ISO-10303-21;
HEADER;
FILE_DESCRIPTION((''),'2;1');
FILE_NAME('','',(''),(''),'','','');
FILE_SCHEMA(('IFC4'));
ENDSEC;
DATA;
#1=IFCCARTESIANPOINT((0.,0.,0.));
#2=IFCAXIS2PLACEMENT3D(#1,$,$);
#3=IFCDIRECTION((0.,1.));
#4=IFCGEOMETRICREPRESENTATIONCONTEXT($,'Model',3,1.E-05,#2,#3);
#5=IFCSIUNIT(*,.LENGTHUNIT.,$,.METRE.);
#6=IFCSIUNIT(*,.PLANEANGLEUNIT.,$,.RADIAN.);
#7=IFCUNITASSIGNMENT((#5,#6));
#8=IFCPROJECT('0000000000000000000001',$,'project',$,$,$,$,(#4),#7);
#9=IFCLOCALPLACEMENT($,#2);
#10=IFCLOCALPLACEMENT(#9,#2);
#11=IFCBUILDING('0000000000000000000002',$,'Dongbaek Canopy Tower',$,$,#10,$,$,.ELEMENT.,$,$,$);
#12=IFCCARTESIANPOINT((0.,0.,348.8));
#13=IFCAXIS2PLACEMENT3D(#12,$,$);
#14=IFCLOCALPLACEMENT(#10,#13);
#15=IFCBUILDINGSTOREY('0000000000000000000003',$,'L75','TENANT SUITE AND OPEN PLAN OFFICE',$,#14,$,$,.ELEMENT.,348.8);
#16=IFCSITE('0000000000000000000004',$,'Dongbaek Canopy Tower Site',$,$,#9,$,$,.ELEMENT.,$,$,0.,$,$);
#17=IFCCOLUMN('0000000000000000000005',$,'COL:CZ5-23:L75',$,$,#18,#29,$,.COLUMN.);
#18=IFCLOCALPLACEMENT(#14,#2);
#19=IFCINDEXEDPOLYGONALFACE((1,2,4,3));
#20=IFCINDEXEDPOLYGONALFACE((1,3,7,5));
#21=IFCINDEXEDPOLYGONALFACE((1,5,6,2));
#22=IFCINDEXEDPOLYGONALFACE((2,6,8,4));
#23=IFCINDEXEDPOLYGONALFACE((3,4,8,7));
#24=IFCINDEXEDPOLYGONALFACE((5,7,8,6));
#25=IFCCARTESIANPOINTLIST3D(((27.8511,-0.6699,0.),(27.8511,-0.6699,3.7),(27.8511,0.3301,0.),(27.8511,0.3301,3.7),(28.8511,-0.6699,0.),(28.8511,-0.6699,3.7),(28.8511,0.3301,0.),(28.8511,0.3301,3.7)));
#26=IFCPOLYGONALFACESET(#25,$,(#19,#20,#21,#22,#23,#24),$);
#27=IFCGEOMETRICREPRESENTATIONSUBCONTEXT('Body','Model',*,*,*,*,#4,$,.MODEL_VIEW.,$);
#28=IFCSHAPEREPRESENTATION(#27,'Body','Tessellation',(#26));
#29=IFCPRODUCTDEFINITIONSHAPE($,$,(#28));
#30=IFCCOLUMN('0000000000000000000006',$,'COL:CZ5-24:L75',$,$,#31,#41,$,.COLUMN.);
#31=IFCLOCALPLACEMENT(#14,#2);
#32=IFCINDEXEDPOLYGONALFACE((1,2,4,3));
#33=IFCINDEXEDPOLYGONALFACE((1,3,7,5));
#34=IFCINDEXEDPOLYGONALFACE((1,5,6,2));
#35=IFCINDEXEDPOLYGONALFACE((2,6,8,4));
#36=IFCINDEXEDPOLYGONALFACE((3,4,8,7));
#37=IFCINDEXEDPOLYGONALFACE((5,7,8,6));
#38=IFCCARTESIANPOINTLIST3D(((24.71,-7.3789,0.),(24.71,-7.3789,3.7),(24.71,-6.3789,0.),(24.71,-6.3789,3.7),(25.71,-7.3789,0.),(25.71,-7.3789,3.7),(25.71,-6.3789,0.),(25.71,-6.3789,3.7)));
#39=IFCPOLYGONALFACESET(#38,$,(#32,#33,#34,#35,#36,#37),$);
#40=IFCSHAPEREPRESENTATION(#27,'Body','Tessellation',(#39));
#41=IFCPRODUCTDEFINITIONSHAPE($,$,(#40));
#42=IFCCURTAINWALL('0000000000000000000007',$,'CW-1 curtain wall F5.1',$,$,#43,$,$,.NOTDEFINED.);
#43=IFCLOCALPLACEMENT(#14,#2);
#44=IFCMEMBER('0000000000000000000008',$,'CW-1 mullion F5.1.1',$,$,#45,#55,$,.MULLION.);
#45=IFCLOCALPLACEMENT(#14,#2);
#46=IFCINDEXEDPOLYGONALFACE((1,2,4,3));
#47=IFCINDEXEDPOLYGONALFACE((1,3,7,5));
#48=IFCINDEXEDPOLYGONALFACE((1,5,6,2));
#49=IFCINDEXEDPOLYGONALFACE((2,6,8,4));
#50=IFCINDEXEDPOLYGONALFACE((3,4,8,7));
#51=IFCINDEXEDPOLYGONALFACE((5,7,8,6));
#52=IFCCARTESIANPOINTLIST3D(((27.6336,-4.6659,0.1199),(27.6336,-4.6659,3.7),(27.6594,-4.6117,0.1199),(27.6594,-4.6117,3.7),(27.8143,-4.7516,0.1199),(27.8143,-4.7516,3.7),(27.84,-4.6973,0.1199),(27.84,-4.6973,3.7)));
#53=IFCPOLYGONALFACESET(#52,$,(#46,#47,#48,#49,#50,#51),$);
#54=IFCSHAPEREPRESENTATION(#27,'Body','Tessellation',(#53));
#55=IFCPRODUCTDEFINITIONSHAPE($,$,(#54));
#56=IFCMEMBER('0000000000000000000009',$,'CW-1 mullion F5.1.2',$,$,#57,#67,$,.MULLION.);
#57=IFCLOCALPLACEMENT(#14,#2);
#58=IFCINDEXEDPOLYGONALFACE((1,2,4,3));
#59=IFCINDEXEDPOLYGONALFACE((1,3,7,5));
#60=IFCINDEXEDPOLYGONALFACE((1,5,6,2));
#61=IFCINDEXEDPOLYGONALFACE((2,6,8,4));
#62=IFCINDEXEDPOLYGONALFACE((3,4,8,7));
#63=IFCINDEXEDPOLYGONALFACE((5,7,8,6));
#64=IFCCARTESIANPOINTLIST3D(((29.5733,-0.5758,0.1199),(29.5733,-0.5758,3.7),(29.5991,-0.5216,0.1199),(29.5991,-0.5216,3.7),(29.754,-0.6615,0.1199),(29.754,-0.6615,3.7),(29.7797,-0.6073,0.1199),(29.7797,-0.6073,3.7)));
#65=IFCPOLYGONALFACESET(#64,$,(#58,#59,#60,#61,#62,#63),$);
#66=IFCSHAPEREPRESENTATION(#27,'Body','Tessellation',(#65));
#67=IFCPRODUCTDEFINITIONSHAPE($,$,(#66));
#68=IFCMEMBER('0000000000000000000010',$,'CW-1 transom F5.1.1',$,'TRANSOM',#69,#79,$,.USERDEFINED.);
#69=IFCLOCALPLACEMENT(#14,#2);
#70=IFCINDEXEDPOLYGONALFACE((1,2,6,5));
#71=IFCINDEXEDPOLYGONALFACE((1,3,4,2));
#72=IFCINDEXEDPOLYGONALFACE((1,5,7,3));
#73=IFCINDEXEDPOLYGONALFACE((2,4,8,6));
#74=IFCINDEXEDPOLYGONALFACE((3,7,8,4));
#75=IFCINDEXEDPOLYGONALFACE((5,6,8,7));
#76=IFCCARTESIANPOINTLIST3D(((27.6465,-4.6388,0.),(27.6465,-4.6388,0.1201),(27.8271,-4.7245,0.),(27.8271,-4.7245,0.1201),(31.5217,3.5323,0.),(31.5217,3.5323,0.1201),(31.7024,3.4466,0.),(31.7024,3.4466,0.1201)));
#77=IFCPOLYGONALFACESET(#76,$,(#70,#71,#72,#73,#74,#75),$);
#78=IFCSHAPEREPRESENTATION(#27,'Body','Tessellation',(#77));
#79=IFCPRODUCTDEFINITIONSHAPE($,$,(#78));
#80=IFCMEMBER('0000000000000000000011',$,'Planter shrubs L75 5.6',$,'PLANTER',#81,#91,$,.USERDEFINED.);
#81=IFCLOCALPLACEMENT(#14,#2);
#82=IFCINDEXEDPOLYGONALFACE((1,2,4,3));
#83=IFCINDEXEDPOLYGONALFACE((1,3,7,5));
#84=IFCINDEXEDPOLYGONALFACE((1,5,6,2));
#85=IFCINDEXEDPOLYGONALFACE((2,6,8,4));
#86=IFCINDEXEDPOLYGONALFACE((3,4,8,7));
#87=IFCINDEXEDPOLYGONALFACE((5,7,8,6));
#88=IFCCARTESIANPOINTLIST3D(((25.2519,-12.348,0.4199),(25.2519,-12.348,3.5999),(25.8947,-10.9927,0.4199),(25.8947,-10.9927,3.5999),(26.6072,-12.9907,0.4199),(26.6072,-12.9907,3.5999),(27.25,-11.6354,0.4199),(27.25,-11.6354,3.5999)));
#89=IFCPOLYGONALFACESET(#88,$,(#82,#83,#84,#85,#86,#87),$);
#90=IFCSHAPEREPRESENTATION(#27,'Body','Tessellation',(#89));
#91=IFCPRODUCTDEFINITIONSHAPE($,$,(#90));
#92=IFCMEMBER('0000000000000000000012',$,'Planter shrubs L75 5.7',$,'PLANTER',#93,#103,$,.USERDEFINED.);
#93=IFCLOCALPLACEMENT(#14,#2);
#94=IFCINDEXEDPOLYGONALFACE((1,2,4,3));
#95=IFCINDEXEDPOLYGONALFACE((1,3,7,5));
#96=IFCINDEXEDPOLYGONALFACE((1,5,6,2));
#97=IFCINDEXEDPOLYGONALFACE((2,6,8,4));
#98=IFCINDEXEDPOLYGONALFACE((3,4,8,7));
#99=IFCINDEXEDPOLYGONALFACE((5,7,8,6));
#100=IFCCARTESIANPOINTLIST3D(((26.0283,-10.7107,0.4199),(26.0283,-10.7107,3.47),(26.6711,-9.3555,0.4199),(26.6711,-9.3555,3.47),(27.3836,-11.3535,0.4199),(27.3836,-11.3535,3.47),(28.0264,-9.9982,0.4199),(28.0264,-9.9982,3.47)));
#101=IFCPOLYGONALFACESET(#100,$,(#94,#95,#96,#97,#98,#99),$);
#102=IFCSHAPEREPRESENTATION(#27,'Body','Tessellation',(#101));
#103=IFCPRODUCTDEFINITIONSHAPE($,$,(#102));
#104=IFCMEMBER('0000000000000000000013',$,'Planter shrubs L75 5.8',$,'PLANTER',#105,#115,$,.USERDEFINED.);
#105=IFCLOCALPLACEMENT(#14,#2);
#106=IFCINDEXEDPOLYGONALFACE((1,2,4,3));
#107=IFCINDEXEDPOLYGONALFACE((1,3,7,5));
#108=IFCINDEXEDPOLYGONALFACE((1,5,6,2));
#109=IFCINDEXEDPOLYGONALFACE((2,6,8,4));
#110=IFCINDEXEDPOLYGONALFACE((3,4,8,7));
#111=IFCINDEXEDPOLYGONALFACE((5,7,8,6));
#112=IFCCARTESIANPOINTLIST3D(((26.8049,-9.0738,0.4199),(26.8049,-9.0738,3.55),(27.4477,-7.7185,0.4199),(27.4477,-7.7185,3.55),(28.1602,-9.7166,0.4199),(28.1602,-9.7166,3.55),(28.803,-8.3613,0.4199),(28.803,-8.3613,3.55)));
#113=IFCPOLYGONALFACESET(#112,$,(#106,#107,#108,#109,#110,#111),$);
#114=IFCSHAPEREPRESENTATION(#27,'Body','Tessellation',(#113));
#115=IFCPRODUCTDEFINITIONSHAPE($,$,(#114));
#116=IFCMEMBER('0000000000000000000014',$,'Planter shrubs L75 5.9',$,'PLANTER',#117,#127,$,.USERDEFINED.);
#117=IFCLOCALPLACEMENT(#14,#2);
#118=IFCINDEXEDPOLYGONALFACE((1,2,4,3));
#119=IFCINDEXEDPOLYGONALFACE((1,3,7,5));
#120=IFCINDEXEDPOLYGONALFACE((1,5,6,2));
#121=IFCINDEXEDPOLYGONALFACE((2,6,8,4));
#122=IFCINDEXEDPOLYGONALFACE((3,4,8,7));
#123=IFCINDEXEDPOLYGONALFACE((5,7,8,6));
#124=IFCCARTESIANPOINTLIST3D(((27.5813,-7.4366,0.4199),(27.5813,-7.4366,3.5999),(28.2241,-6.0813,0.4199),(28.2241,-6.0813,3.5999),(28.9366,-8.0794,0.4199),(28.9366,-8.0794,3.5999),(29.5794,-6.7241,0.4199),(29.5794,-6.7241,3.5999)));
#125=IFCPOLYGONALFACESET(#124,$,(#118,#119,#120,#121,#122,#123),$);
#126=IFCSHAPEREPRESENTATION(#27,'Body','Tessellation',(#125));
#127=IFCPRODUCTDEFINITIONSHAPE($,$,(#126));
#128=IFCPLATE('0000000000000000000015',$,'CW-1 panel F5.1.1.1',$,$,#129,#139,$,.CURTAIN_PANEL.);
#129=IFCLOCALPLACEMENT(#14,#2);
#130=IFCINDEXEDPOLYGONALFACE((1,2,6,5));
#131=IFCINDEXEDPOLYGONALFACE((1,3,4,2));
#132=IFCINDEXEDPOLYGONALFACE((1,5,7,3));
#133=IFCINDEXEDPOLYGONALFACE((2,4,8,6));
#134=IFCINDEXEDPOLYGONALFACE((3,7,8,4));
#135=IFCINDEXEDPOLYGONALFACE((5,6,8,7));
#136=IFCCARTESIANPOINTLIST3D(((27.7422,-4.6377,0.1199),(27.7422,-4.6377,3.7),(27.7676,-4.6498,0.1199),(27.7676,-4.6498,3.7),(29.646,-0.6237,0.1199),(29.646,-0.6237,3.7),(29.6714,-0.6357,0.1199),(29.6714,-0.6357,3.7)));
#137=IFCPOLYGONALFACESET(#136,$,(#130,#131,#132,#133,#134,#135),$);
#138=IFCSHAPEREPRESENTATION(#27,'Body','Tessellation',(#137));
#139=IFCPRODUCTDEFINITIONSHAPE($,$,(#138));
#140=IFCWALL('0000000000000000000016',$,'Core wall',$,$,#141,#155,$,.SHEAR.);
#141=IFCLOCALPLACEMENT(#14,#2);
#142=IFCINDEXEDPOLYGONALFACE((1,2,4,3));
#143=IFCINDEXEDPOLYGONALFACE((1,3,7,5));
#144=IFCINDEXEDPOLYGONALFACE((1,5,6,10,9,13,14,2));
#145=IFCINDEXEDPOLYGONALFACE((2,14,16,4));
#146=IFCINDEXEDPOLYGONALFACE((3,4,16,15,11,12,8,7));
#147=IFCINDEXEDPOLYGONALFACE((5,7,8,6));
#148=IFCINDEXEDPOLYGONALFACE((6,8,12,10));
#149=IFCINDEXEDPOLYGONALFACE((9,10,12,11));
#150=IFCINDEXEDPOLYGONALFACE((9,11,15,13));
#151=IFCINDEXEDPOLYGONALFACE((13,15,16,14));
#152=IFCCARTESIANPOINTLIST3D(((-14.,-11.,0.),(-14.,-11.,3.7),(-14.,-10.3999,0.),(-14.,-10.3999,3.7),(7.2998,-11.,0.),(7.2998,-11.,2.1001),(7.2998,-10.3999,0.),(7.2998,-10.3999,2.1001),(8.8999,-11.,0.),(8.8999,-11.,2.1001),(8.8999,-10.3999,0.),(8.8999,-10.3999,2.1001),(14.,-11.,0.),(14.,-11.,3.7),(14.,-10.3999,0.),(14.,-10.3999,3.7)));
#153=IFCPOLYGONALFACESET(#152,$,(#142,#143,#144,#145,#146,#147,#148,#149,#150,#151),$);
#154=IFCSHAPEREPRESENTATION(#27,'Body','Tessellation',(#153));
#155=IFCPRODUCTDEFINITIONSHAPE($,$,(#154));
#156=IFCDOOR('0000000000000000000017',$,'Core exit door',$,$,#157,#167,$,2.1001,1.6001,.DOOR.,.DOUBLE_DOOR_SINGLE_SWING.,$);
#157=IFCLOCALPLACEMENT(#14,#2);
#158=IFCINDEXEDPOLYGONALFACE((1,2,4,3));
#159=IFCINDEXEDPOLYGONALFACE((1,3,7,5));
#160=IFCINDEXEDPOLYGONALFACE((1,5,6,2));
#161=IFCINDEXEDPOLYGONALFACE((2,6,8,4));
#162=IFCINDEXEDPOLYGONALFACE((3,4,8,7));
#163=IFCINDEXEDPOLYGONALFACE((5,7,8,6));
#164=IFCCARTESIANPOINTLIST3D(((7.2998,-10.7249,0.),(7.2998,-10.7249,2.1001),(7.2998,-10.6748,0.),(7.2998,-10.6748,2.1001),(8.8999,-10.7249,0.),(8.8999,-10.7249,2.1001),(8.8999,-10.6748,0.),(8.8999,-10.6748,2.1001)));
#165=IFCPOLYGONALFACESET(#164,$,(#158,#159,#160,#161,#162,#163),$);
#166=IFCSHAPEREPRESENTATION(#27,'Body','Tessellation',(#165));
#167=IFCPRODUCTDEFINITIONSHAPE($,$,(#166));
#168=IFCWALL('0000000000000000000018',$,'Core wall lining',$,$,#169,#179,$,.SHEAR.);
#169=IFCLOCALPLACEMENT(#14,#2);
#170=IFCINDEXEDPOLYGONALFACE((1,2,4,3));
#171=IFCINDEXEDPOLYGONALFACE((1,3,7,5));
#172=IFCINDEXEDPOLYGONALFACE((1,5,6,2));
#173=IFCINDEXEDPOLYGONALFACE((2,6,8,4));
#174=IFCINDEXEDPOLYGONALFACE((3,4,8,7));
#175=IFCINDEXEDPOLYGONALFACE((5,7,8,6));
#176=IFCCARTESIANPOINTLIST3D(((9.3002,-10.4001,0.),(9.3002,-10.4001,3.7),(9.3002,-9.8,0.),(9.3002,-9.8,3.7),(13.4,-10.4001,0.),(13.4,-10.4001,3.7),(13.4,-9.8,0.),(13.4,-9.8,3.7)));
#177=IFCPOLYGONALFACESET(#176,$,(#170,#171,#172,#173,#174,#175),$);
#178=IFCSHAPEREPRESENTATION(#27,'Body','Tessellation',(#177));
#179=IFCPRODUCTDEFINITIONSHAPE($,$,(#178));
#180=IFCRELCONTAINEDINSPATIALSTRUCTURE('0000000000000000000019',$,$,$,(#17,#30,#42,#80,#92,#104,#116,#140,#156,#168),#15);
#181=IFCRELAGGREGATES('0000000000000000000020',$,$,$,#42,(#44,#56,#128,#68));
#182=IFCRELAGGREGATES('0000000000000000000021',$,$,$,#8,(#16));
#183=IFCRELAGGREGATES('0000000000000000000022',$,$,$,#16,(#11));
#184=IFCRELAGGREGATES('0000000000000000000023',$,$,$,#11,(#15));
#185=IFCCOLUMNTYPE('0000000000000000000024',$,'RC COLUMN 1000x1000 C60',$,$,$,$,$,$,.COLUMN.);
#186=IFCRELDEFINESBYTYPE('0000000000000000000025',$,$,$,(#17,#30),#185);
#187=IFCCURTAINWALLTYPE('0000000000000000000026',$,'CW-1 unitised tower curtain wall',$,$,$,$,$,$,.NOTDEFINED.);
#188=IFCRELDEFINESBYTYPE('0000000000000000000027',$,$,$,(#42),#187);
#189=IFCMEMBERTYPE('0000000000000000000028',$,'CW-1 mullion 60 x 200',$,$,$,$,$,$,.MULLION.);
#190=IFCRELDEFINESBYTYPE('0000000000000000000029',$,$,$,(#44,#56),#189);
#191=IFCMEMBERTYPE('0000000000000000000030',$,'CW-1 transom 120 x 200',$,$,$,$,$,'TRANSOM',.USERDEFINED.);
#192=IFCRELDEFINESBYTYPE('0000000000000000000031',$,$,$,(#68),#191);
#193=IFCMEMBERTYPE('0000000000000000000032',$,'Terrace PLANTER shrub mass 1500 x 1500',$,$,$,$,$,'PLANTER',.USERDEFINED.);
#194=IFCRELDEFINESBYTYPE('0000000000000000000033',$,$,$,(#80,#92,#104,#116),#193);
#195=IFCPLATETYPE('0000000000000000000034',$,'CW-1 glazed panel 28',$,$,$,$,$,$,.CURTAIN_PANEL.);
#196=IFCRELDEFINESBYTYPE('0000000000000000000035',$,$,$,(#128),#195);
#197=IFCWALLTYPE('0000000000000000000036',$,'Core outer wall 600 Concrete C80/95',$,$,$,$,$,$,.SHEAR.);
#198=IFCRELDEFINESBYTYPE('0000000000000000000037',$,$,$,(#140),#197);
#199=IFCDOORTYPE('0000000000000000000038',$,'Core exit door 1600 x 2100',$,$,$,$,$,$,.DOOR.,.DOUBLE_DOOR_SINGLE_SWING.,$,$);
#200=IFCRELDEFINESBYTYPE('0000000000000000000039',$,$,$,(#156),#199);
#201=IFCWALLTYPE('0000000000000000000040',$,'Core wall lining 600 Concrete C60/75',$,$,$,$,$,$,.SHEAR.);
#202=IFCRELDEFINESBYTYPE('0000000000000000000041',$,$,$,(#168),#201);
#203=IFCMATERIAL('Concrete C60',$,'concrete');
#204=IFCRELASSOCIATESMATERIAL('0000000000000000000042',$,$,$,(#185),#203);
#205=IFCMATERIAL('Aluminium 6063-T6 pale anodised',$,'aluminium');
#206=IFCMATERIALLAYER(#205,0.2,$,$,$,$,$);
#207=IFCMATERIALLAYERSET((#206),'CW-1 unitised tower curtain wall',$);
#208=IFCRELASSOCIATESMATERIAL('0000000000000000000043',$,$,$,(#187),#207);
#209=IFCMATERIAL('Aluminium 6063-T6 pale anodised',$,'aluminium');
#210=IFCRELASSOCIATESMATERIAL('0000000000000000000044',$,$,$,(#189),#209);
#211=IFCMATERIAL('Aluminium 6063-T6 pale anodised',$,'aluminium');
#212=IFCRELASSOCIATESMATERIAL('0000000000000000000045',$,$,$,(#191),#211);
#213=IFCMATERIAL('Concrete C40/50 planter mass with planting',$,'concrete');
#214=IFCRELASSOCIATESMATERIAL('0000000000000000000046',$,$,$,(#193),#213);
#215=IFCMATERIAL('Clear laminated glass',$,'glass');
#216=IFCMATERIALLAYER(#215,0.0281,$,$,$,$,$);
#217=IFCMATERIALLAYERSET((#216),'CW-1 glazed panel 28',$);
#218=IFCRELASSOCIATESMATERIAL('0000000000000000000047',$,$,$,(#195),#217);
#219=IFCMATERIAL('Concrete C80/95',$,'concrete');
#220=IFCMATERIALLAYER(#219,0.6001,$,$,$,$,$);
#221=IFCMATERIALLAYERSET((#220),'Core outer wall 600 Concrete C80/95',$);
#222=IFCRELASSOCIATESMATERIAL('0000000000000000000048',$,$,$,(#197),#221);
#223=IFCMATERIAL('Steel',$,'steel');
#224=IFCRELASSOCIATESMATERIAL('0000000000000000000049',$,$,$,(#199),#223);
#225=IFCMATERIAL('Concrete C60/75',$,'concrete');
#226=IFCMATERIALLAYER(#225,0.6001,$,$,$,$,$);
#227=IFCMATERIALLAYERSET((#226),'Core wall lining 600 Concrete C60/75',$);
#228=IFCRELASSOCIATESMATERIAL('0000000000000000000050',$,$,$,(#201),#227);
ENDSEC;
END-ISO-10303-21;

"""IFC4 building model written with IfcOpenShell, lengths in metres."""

from ifc_helpers import new_model, si_unit, direction, frame, frame_2d, origin, origin_2d, place, context, subcontext, project, spatial, rectangle, extrude, material, layer, layer_set, material_profile, profile_set, type_object, element, fill, aggregate, save


model = new_model("IFC4")

# Units and contexts
model_context = context("Model", 3, precision=1e-05, world=origin(), true_north=direction((0.0, 1.0)))
body_context = subcontext(model_context, "Body", "Model", "MODEL_VIEW")
ifc_project = project(units=[si_unit("LENGTHUNIT", "METRE"), si_unit("PLANEANGLEUNIT", "RADIAN")], contexts=[model_context])

# Site, building, storey
site_placement = place(None, origin())
site = spatial("IfcSite", under=ifc_project, at=site_placement, Name="Dongbaek Canopy Tower Site", CompositionType="ELEMENT", RefElevation=0.0)
building_placement = place(site_placement, origin())
building = spatial("IfcBuilding", under=site, at=building_placement, Name="Dongbaek Canopy Tower", CompositionType="ELEMENT")
storey_placement = place(building_placement, frame((0.0, 0.0, 348.8)))
storey = spatial("IfcBuildingStorey", under=building, at=storey_placement, Name="L75", Description="TENANT SUITE AND OPEN PLAN OFFICE", CompositionType="ELEMENT", Elevation=348.8)

# Columns
ifc_material_1 = material(Name="Concrete C60", Category="concrete")
ifc_material_profile_1 = material_profile(ifc_material_1, rectangle(XDim=1.0, YDim=1.0, at=origin_2d()), Name="RC COLUMN 1000x1000 C60")
ifc_profile_set_1 = profile_set([ifc_material_profile_1], Name="Concrete C60")
column_type = type_object("IfcColumnType", Name="RC COLUMN 1000x1000 C60", PredefinedType="COLUMN", material=ifc_profile_set_1)
for number, where, z_axis, x_axis, name in (
    (1, (28.3511, -0.1699, 0.0), (0.0, 0.0, 1.0), (1.0, 0.0, 0.0), "COL:CZ5-23:L75"),
    (2, (25.21, -6.8789, 0.0), (0.0, 0.0, 1.0), (1.0, 0.0, 0.0), "COL:CZ5-24:L75"),
):
    element("IfcColumn", number, at=place(storey_placement, frame(where, z_axis=z_axis, x_axis=x_axis)), inside=storey, type_object=column_type, Name=name, PredefinedType="COLUMN", context=body_context, shape_type="SweptSolid", body=[
        extrude(rectangle(XDim=1.0, YDim=1.0, at=origin_2d()), origin(), (0.0, 0.0, 1.0), 3.7),
    ])

# Curtain wall, members
ifc_material_2 = material(Name="Aluminium 6063-T6 pale anodised", Category="aluminium")
ifc_layer_1 = layer(ifc_material_2, 0.2)
ifc_layer_set_1 = layer_set([ifc_layer_1], Name="CW-1 unitised tower curtain wall")
curtain_wall_type = type_object("IfcCurtainWallType", Name="CW-1 unitised tower curtain wall", PredefinedType="NOTDEFINED", material=ifc_layer_set_1)
curtain_wall_placement = place(storey_placement, origin())
curtain_wall = element("IfcCurtainWall", 3, at=curtain_wall_placement, inside=storey, type_object=curtain_wall_type, Name="CW-1 curtain wall F5.1", PredefinedType="NOTDEFINED")
ifc_material_3 = material(Name="Aluminium 6063-T6 pale anodised", Category="aluminium")
ifc_material_profile_2 = material_profile(ifc_material_3, rectangle(XDim=0.2, YDim=0.0601, at=origin_2d()), Name="CW-1 mullion 60 x 200")
ifc_profile_set_2 = profile_set([ifc_material_profile_2], Name="Aluminium 6063-T6 pale anodised")
member_type_1 = type_object("IfcMemberType", Name="CW-1 mullion 60 x 200", PredefinedType="MULLION", material=ifc_profile_set_2)
member_1_placement = place(storey_placement, frame((27.7368, -4.6816, 0.1199), z_axis=(0.0, 0.0, 1.0), x_axis=(0.903531, -0.428522, 0.0)))
member_1 = element("IfcMember", 4, at=member_1_placement, type_object=member_type_1, Name="CW-1 mullion F5.1.1", PredefinedType="MULLION", context=body_context, shape_type="SweptSolid", body=[
    extrude(rectangle(XDim=0.2, YDim=0.0601, at=origin_2d()), origin(), (0.0, 0.0, 1.0), 3.5801),
])
member_2_placement = place(storey_placement, frame((29.6765, -0.5916, 0.1199), z_axis=(0.0, 0.0, 1.0), x_axis=(0.903531, -0.428522, 0.0)))
member_2 = element("IfcMember", 5, at=member_2_placement, type_object=member_type_1, Name="CW-1 mullion F5.1.2", PredefinedType="MULLION", context=body_context, shape_type="SweptSolid", body=[
    extrude(rectangle(XDim=0.2, YDim=0.0601, at=origin_2d()), origin(), (0.0, 0.0, 1.0), 3.5801),
])
ifc_material_4 = material(Name="Aluminium 6063-T6 pale anodised", Category="aluminium")
ifc_material_profile_3 = material_profile(ifc_material_4, rectangle(XDim=0.2, YDim=0.1201, at=origin_2d()), Name="CW-1 transom 120 x 200")
ifc_profile_set_3 = profile_set([ifc_material_profile_3], Name="Aluminium 6063-T6 pale anodised")
member_type_2 = type_object("IfcMemberType", Name="CW-1 transom 120 x 200", ElementType="TRANSOM", PredefinedType="USERDEFINED", material=ifc_profile_set_3)
member_3_placement = place(storey_placement, frame((27.7368, -4.6816, 0.0601), z_axis=(0.428511, 0.903537, 0.0), x_axis=(-0.903537, 0.428511, 0.0)))
member_3 = element("IfcMember", 6, at=member_3_placement, type_object=member_type_2, Name="CW-1 transom F5.1.1", ObjectType="TRANSOM", PredefinedType="USERDEFINED", context=body_context, shape_type="SweptSolid", body=[
    extrude(rectangle(XDim=0.2, YDim=0.1201, at=origin_2d()), origin(), (0.0, 0.0, 1.0), 9.0435),
])

# Members
ifc_material_5 = material(Name="Concrete C40/50 planter mass with planting", Category="concrete")
ifc_material_profile_4 = material_profile(ifc_material_5, rectangle(XDim=1.5, YDim=1.5, at=origin_2d()), Name="Terrace PLANTER shrub mass 1500 x 1500")
ifc_profile_set_4 = profile_set([ifc_material_profile_4], Name="Concrete C40/50 planter mass with planting")
member_type_3 = type_object("IfcMemberType", Name="Terrace PLANTER shrub mass 1500 x 1500", ElementType="PLANTER", PredefinedType="USERDEFINED", material=ifc_profile_set_4)
member_4_placement = place(storey_placement, frame((26.251, -11.9917, 0.4199), z_axis=(0.0, 0.0, 1.0), x_axis=(0.903531, -0.428522, 0.0)))
element("IfcMember", 7, at=member_4_placement, inside=storey, type_object=member_type_3, Name="Planter shrubs L75 5.6", ObjectType="PLANTER", PredefinedType="USERDEFINED", context=body_context, shape_type="SweptSolid", body=[
    extrude(rectangle(XDim=1.5, YDim=1.5, at=origin_2d()), origin(), (0.0, 0.0, 1.0), 3.1799),
])
member_5_placement = place(storey_placement, frame((27.0273, -10.3545, 0.4199), z_axis=(0.0, 0.0, 1.0), x_axis=(0.903531, -0.428522, 0.0)))
element("IfcMember", 8, at=member_5_placement, inside=storey, type_object=member_type_3, Name="Planter shrubs L75 5.7", ObjectType="PLANTER", PredefinedType="USERDEFINED", context=body_context, shape_type="SweptSolid", body=[
    extrude(rectangle(XDim=1.5, YDim=1.5, at=origin_2d()), origin(), (0.0, 0.0, 1.0), 3.05),
])
member_6_placement = place(storey_placement, frame((27.804, -8.7175, 0.4199), z_axis=(0.0, 0.0, 1.0), x_axis=(0.903531, -0.428522, 0.0)))
element("IfcMember", 9, at=member_6_placement, inside=storey, type_object=member_type_3, Name="Planter shrubs L75 5.8", ObjectType="PLANTER", PredefinedType="USERDEFINED", context=body_context, shape_type="SweptSolid", body=[
    extrude(rectangle(XDim=1.5, YDim=1.5, at=origin_2d()), origin(), (0.0, 0.0, 1.0), 3.1301),
])
member_7_placement = place(storey_placement, frame((28.5803, -7.0803, 0.4199), z_axis=(0.0, 0.0, 1.0), x_axis=(0.903531, -0.428522, 0.0)))
element("IfcMember", 10, at=member_7_placement, inside=storey, type_object=member_type_3, Name="Planter shrubs L75 5.9", ObjectType="PLANTER", PredefinedType="USERDEFINED", context=body_context, shape_type="SweptSolid", body=[
    extrude(rectangle(XDim=1.5, YDim=1.5, at=origin_2d()), origin(), (0.0, 0.0, 1.0), 3.1799),
])

# Plate
ifc_material_6 = material(Name="Clear laminated glass", Category="glass")
ifc_layer_2 = layer(ifc_material_6, 0.0281)
ifc_layer_set_2 = layer_set([ifc_layer_2], Name="CW-1 glazed panel 28")
plate_type = type_object("IfcPlateType", Name="CW-1 glazed panel 28", PredefinedType="CURTAIN_PANEL", material=ifc_layer_set_2)
plate_placement = place(storey_placement, frame((28.7068, -2.6367, 0.1199), z_axis=(0.0, 0.0, 1.0), x_axis=(0.428522, 0.903531, 0.0)))
plate = element("IfcPlate", 11, at=plate_placement, type_object=plate_type, Name="CW-1 panel F5.1.1.1", PredefinedType="CURTAIN_PANEL", context=body_context, shape_type="SweptSolid", body=[
    extrude(rectangle(XDim=4.4426, YDim=0.0281, at=origin_2d()), origin(), (0.0, 0.0, 1.0), 3.5801),
])

# Wall, opening, door
ifc_material_7 = material(Name="Concrete C80/95", Category="concrete")
ifc_layer_3 = layer(ifc_material_7, 0.6001)
ifc_layer_set_3 = layer_set([ifc_layer_3], Name="Core outer wall 600 Concrete C80/95")
wall_type_1 = type_object("IfcWallType", Name="Core outer wall 600 Concrete C80/95", PredefinedType="SHEAR", material=ifc_layer_set_3)
wall_1_placement = place(storey_placement, frame((14.0, -10.7, 0.0), z_axis=(0.0, 0.0, 1.0), x_axis=(-1.0, 0.0, 0.0)))
wall_1 = element("IfcWall", 12, at=wall_1_placement, inside=storey, type_object=wall_type_1, Name="Core wall", PredefinedType="SHEAR", context=body_context, shape_type="SweptSolid", body=[
    extrude(rectangle(XDim=28.0, YDim=0.6001, at=frame_2d((14.0, 0.0))), origin(), (0.0, 0.0, 1.0), 3.7),
])
opening_placement = place(wall_1_placement, frame((5.1001, 0.0, 0.0)))
opening = element("IfcOpeningElement", 13, at=opening_placement, cuts=wall_1, PredefinedType="OPENING", context=body_context, shape_type="SweptSolid", body=[
    extrude(rectangle(XDim=1.6001, YDim=2.1001, at=frame_2d((0.8, 1.05))), frame((0.0, 0.3101, 0.0), z_axis=(0.0, -1.0, 0.0), x_axis=(1.0, 0.0, 0.0)), (0.0, 0.0, 1.0), 0.6201),
])
ifc_material_8 = material(Name="Steel", Category="steel")
door_type = type_object("IfcDoorType", Name="Core exit door 1600 x 2100", OperationType="DOUBLE_DOOR_SINGLE_SWING", PredefinedType="DOOR", material=ifc_material_8)
door_placement = place(opening_placement, origin())
door = element("IfcDoor", 14, at=door_placement, inside=storey, type_object=door_type, Name="Core exit door", OperationType="DOUBLE_DOOR_SINGLE_SWING", OverallHeight=2.1001, OverallWidth=1.6001, PredefinedType="DOOR", context=body_context, shape_type="SweptSolid", body=[
    extrude(rectangle(XDim=1.6001, YDim=2.1001, at=frame_2d((0.8, 1.05))), frame((0.0, 0.0249, 0.0), z_axis=(0.0, -1.0, 0.0), x_axis=(1.0, 0.0, 0.0)), (0.0, 0.0, 1.0), 0.05),
])
fill(opening, door)

# Wall
ifc_material_9 = material(Name="Concrete C60/75", Category="concrete")
ifc_layer_4 = layer(ifc_material_9, 0.6001)
ifc_layer_set_4 = layer_set([ifc_layer_4], Name="Core wall lining 600 Concrete C60/75")
wall_type_2 = type_object("IfcWallType", Name="Core wall lining 600 Concrete C60/75", PredefinedType="SHEAR", material=ifc_layer_set_4)
wall_2_placement = place(storey_placement, frame((13.3999, -10.1001, 0.0), z_axis=(0.0, 0.0, 1.0), x_axis=(-1.0, 0.0, 0.0)))
element("IfcWall", 15, at=wall_2_placement, inside=storey, type_object=wall_type_2, Name="Core wall lining", PredefinedType="SHEAR", context=body_context, shape_type="SweptSolid", body=[
    extrude(rectangle(XDim=4.0999, YDim=0.6001, at=frame_2d((2.0498, 0.0))), origin(), (0.0, 0.0, 1.0), 3.7),
])

aggregate(curtain_wall, [member_1, member_2, plate, member_3])

save(model, "model.ifc")
